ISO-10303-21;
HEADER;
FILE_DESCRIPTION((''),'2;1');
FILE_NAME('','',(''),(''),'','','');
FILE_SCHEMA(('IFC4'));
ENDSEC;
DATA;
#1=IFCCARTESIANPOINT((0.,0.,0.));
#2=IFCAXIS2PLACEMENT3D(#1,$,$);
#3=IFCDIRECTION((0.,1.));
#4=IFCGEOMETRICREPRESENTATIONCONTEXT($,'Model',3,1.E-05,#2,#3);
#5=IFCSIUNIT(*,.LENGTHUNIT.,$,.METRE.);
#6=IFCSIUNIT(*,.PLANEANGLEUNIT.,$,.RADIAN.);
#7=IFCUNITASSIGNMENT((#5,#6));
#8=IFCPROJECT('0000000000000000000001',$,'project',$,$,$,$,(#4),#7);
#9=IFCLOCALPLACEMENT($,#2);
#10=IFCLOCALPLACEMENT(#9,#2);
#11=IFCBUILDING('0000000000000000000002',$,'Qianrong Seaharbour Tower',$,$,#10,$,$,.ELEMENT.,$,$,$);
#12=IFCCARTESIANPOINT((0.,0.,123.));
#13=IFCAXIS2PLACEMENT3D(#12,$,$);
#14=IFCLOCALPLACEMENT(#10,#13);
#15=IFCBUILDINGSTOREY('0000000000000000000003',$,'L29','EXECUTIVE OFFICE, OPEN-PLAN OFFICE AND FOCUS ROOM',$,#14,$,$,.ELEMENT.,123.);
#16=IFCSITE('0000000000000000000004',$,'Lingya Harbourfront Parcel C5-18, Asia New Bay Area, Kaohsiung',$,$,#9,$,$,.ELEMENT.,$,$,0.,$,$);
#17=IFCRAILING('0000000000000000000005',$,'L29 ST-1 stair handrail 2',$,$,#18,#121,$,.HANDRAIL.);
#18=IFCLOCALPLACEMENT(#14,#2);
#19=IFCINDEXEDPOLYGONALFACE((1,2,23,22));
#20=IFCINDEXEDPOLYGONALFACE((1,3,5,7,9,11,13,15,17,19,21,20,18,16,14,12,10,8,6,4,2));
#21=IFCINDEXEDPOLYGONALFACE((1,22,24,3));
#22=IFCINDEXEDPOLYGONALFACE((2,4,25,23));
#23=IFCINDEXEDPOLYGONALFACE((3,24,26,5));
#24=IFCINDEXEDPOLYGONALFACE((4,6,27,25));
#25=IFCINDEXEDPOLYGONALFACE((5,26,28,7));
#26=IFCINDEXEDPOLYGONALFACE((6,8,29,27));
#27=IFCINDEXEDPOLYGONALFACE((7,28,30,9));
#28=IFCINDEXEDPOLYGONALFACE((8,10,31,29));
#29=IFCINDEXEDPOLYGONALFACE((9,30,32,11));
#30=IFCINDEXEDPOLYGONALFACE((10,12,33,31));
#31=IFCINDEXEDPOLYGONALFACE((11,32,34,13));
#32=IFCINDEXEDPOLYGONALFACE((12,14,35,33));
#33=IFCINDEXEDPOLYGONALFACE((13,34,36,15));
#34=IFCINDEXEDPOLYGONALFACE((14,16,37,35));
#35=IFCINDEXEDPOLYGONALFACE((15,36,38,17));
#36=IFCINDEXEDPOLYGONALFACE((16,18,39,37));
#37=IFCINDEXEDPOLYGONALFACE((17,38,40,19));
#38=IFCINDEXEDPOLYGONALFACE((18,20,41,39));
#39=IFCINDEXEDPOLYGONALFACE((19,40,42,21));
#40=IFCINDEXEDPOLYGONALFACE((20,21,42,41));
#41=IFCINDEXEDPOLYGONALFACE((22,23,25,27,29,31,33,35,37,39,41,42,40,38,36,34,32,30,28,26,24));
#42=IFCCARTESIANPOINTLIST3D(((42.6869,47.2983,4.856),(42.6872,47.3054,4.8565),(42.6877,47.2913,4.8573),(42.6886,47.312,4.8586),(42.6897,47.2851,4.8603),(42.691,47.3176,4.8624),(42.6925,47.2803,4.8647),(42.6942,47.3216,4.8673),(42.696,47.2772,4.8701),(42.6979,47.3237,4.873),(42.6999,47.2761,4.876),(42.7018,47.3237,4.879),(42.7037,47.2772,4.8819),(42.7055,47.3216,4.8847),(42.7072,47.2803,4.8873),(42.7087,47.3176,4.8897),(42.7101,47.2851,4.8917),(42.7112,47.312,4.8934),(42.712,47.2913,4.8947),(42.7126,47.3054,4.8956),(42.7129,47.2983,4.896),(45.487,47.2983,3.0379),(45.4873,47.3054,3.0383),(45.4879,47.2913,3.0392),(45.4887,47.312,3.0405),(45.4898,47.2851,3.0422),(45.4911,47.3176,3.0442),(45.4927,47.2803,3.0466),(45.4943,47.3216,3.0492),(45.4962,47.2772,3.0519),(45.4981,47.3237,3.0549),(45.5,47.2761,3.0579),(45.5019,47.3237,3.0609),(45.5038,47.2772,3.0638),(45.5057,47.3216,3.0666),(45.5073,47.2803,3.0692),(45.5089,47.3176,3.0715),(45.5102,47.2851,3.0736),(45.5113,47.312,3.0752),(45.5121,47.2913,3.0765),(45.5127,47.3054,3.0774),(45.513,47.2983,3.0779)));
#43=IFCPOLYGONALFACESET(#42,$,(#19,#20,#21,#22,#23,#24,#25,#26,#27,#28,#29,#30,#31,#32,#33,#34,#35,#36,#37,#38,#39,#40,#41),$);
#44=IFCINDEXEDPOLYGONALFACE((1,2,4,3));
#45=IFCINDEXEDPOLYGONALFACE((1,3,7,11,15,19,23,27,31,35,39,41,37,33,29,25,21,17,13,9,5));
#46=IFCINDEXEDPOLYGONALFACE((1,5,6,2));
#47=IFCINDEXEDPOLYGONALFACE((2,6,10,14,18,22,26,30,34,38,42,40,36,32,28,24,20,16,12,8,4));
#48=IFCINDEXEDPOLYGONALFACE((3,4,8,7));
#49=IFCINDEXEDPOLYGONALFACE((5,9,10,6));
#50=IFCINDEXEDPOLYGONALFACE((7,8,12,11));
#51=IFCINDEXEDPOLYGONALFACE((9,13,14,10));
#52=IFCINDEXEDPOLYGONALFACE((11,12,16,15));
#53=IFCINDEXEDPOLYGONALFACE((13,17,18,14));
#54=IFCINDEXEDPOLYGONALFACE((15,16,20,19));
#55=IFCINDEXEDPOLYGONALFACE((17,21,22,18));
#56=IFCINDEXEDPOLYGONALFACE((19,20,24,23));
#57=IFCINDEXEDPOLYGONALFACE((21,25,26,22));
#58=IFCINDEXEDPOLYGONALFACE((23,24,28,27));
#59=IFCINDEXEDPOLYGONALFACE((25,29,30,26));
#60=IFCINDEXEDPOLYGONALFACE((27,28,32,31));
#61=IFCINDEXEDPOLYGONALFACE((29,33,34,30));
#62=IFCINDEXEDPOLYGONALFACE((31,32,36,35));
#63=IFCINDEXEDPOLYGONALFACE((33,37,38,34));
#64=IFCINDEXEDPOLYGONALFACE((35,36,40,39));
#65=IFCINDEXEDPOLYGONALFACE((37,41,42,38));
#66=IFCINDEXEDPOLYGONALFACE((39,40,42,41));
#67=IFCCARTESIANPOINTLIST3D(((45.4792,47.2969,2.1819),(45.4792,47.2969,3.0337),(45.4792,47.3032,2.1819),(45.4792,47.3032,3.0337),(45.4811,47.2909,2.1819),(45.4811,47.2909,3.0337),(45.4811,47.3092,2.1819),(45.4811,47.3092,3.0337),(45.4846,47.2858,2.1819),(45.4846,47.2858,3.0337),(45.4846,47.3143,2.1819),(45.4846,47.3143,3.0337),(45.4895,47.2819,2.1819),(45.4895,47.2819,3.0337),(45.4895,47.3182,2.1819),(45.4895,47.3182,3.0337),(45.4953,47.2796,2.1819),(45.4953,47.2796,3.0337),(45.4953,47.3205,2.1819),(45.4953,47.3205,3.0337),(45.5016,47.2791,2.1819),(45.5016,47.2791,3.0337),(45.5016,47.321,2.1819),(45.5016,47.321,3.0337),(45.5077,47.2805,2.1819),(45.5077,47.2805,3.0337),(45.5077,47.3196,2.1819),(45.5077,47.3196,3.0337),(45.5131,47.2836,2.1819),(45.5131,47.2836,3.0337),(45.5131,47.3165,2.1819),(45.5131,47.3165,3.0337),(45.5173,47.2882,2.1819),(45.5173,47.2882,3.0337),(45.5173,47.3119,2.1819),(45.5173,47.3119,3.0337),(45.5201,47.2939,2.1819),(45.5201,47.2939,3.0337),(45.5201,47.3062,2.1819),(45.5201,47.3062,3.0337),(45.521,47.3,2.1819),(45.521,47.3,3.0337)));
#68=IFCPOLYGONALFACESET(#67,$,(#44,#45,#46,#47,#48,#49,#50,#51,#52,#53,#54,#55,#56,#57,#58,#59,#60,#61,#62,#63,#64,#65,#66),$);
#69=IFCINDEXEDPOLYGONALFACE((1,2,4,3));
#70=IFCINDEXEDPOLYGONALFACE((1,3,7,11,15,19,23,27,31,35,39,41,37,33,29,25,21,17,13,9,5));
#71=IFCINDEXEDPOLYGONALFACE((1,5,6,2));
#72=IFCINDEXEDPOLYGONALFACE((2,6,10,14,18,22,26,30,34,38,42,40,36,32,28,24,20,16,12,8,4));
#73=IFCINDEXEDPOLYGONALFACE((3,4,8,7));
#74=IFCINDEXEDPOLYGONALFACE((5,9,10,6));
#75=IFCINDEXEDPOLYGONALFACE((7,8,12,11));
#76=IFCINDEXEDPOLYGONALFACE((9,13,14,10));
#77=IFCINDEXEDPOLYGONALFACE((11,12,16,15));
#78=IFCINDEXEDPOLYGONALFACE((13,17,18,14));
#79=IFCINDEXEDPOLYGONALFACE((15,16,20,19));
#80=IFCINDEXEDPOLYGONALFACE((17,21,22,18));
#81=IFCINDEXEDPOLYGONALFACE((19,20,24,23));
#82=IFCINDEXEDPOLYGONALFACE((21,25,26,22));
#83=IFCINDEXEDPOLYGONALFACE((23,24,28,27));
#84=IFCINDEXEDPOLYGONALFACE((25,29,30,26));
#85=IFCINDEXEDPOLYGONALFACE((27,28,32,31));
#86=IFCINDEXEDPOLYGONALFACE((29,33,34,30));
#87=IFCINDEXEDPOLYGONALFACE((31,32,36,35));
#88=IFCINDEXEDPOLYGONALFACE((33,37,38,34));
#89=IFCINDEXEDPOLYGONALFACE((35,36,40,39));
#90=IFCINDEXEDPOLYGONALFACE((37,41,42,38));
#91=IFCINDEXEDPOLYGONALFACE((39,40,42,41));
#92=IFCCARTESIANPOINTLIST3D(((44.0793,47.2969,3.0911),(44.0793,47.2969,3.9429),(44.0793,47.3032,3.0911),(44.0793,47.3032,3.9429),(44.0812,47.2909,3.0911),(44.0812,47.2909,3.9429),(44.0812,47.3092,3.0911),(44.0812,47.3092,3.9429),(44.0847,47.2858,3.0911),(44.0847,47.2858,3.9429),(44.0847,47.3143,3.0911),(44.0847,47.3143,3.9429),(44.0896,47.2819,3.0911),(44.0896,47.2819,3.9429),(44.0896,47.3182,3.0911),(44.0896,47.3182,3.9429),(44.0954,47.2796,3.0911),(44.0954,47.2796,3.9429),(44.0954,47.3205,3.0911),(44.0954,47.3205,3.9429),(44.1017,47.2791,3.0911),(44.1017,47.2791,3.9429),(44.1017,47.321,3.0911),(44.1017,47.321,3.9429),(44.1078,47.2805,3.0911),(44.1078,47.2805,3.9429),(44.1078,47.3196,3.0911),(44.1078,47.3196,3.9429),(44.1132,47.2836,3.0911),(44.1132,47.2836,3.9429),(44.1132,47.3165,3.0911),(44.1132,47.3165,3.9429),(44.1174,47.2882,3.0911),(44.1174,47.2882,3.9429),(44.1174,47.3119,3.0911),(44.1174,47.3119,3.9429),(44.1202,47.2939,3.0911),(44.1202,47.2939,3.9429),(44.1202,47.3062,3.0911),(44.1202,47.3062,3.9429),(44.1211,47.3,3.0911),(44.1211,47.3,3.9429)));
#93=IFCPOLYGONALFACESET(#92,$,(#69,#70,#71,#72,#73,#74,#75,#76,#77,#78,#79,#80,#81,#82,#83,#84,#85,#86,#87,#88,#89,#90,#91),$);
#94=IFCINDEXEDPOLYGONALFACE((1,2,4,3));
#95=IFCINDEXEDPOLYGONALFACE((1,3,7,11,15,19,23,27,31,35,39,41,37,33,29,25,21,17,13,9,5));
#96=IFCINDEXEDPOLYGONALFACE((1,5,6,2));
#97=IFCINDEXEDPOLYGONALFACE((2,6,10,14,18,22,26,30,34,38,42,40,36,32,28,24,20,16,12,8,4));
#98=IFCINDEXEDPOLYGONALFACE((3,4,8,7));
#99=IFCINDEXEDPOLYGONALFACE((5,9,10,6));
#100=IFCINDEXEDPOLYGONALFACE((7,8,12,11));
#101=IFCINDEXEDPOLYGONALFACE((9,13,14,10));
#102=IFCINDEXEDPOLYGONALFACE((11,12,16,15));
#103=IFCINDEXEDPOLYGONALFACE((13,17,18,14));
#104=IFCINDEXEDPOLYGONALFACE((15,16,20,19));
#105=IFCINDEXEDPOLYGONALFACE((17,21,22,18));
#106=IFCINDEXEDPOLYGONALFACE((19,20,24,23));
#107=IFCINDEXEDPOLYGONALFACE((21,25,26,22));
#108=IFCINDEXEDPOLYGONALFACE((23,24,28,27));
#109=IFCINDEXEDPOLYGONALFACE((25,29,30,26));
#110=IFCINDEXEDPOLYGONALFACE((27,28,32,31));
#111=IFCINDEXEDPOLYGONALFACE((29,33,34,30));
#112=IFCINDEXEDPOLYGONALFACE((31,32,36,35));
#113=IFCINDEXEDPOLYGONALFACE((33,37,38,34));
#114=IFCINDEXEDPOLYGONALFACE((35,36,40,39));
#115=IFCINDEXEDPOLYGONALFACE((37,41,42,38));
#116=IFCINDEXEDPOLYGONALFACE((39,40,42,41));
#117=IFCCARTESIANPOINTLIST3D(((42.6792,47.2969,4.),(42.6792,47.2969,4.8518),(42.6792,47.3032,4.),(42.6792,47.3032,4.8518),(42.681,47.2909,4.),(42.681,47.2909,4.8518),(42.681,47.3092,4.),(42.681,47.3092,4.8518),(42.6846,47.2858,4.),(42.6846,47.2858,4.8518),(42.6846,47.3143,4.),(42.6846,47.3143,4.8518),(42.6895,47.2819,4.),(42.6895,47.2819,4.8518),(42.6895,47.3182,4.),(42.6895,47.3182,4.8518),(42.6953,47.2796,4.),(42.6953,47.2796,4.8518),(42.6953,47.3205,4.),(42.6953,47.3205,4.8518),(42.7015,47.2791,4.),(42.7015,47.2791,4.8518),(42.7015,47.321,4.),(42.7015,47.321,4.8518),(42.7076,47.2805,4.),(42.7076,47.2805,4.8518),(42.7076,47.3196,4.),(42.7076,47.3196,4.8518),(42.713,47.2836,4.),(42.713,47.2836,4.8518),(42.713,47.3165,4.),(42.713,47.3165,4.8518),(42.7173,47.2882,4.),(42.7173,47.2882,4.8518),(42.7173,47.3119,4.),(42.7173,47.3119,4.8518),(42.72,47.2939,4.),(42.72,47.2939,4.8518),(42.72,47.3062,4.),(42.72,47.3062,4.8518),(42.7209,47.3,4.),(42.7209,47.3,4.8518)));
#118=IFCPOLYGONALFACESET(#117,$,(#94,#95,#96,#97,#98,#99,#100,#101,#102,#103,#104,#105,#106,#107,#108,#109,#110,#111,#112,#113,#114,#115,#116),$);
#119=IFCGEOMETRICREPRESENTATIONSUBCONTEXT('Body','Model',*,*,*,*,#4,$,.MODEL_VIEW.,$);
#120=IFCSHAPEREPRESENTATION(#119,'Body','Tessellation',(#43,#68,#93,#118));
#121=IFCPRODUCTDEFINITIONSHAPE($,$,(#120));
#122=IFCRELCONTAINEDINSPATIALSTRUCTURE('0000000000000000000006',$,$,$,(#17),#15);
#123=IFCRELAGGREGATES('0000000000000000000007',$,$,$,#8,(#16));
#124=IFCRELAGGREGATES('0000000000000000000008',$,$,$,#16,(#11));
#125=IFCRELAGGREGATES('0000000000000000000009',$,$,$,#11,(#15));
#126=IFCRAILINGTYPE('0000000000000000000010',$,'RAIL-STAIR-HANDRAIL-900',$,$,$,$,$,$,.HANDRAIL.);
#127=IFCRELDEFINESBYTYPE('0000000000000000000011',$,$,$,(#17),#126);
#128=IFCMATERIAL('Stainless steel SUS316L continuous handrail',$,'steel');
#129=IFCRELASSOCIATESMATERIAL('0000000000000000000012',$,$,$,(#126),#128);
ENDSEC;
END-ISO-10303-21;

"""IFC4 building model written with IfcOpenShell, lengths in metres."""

from ifc_helpers import new_model, si_unit, direction, frame, origin, origin_2d, place, context, subcontext, project, spatial, circle, extrude, material, type_object, element, save


model = new_model("IFC4")

# Units and contexts
model_context = context("Model", 3, precision=1e-05, world=origin(), true_north=direction((0.0, 1.0)))
body_context = subcontext(model_context, "Body", "Model", "MODEL_VIEW")
ifc_project = project(units=[si_unit("LENGTHUNIT", "METRE"), si_unit("PLANEANGLEUNIT", "RADIAN")], contexts=[model_context])

# Site, building, storey
site_placement = place(None, origin())
site = spatial("IfcSite", under=ifc_project, at=site_placement, Name="Lingya Harbourfront Parcel C5-18, Asia New Bay Area, Kaohsiung", CompositionType="ELEMENT", RefElevation=0.0)
building_placement = place(site_placement, origin())
building = spatial("IfcBuilding", under=site, at=building_placement, Name="Qianrong Seaharbour Tower", CompositionType="ELEMENT")
storey_placement = place(building_placement, frame((0.0, 0.0, 123.0)))
storey = spatial("IfcBuildingStorey", under=building, at=storey_placement, Name="L29", Description="EXECUTIVE OFFICE, OPEN-PLAN OFFICE AND FOCUS ROOM", CompositionType="ELEMENT", Elevation=123.0)

# Railing
ifc_material_1 = material(Name="Stainless steel SUS316L continuous handrail", Category="steel")
railing_type_1 = type_object("IfcRailingType", Name="RAIL-STAIR-HANDRAIL-900", PredefinedType="HANDRAIL", material=ifc_material_1)
railing_1_placement = place(storey_placement, frame((45.5, 47.3, 2.1819)))
element("IfcRailing", 1, at=railing_1_placement, inside=storey, type_object=railing_type_1, Name="L29 ST-1 stair handrail 2", PredefinedType="HANDRAIL", context=body_context, shape_type="SweptSolid", body=[
    extrude(circle(Radius=0.0239, at=origin_2d()), frame((0.0, 0.0, 0.876), z_axis=(-0.838706, 0.0, 0.544585), x_axis=(0.0, -1.0, 0.0)), (0.0, 0.0, 1.0), 3.3386),
    extrude(circle(Radius=0.021, at=origin_2d()), origin(), (0.0, 0.0, 1.0), 0.8518),
    extrude(circle(Radius=0.021, at=origin_2d()), frame((-1.3999, 0.0, 0.9092)), (0.0, 0.0, 1.0), 0.8518),
    extrude(circle(Radius=0.021, at=origin_2d()), frame((-2.8, 0.0, 1.8181)), (0.0, 0.0, 1.0), 0.8518),
])

save(model, "model.ifc")
